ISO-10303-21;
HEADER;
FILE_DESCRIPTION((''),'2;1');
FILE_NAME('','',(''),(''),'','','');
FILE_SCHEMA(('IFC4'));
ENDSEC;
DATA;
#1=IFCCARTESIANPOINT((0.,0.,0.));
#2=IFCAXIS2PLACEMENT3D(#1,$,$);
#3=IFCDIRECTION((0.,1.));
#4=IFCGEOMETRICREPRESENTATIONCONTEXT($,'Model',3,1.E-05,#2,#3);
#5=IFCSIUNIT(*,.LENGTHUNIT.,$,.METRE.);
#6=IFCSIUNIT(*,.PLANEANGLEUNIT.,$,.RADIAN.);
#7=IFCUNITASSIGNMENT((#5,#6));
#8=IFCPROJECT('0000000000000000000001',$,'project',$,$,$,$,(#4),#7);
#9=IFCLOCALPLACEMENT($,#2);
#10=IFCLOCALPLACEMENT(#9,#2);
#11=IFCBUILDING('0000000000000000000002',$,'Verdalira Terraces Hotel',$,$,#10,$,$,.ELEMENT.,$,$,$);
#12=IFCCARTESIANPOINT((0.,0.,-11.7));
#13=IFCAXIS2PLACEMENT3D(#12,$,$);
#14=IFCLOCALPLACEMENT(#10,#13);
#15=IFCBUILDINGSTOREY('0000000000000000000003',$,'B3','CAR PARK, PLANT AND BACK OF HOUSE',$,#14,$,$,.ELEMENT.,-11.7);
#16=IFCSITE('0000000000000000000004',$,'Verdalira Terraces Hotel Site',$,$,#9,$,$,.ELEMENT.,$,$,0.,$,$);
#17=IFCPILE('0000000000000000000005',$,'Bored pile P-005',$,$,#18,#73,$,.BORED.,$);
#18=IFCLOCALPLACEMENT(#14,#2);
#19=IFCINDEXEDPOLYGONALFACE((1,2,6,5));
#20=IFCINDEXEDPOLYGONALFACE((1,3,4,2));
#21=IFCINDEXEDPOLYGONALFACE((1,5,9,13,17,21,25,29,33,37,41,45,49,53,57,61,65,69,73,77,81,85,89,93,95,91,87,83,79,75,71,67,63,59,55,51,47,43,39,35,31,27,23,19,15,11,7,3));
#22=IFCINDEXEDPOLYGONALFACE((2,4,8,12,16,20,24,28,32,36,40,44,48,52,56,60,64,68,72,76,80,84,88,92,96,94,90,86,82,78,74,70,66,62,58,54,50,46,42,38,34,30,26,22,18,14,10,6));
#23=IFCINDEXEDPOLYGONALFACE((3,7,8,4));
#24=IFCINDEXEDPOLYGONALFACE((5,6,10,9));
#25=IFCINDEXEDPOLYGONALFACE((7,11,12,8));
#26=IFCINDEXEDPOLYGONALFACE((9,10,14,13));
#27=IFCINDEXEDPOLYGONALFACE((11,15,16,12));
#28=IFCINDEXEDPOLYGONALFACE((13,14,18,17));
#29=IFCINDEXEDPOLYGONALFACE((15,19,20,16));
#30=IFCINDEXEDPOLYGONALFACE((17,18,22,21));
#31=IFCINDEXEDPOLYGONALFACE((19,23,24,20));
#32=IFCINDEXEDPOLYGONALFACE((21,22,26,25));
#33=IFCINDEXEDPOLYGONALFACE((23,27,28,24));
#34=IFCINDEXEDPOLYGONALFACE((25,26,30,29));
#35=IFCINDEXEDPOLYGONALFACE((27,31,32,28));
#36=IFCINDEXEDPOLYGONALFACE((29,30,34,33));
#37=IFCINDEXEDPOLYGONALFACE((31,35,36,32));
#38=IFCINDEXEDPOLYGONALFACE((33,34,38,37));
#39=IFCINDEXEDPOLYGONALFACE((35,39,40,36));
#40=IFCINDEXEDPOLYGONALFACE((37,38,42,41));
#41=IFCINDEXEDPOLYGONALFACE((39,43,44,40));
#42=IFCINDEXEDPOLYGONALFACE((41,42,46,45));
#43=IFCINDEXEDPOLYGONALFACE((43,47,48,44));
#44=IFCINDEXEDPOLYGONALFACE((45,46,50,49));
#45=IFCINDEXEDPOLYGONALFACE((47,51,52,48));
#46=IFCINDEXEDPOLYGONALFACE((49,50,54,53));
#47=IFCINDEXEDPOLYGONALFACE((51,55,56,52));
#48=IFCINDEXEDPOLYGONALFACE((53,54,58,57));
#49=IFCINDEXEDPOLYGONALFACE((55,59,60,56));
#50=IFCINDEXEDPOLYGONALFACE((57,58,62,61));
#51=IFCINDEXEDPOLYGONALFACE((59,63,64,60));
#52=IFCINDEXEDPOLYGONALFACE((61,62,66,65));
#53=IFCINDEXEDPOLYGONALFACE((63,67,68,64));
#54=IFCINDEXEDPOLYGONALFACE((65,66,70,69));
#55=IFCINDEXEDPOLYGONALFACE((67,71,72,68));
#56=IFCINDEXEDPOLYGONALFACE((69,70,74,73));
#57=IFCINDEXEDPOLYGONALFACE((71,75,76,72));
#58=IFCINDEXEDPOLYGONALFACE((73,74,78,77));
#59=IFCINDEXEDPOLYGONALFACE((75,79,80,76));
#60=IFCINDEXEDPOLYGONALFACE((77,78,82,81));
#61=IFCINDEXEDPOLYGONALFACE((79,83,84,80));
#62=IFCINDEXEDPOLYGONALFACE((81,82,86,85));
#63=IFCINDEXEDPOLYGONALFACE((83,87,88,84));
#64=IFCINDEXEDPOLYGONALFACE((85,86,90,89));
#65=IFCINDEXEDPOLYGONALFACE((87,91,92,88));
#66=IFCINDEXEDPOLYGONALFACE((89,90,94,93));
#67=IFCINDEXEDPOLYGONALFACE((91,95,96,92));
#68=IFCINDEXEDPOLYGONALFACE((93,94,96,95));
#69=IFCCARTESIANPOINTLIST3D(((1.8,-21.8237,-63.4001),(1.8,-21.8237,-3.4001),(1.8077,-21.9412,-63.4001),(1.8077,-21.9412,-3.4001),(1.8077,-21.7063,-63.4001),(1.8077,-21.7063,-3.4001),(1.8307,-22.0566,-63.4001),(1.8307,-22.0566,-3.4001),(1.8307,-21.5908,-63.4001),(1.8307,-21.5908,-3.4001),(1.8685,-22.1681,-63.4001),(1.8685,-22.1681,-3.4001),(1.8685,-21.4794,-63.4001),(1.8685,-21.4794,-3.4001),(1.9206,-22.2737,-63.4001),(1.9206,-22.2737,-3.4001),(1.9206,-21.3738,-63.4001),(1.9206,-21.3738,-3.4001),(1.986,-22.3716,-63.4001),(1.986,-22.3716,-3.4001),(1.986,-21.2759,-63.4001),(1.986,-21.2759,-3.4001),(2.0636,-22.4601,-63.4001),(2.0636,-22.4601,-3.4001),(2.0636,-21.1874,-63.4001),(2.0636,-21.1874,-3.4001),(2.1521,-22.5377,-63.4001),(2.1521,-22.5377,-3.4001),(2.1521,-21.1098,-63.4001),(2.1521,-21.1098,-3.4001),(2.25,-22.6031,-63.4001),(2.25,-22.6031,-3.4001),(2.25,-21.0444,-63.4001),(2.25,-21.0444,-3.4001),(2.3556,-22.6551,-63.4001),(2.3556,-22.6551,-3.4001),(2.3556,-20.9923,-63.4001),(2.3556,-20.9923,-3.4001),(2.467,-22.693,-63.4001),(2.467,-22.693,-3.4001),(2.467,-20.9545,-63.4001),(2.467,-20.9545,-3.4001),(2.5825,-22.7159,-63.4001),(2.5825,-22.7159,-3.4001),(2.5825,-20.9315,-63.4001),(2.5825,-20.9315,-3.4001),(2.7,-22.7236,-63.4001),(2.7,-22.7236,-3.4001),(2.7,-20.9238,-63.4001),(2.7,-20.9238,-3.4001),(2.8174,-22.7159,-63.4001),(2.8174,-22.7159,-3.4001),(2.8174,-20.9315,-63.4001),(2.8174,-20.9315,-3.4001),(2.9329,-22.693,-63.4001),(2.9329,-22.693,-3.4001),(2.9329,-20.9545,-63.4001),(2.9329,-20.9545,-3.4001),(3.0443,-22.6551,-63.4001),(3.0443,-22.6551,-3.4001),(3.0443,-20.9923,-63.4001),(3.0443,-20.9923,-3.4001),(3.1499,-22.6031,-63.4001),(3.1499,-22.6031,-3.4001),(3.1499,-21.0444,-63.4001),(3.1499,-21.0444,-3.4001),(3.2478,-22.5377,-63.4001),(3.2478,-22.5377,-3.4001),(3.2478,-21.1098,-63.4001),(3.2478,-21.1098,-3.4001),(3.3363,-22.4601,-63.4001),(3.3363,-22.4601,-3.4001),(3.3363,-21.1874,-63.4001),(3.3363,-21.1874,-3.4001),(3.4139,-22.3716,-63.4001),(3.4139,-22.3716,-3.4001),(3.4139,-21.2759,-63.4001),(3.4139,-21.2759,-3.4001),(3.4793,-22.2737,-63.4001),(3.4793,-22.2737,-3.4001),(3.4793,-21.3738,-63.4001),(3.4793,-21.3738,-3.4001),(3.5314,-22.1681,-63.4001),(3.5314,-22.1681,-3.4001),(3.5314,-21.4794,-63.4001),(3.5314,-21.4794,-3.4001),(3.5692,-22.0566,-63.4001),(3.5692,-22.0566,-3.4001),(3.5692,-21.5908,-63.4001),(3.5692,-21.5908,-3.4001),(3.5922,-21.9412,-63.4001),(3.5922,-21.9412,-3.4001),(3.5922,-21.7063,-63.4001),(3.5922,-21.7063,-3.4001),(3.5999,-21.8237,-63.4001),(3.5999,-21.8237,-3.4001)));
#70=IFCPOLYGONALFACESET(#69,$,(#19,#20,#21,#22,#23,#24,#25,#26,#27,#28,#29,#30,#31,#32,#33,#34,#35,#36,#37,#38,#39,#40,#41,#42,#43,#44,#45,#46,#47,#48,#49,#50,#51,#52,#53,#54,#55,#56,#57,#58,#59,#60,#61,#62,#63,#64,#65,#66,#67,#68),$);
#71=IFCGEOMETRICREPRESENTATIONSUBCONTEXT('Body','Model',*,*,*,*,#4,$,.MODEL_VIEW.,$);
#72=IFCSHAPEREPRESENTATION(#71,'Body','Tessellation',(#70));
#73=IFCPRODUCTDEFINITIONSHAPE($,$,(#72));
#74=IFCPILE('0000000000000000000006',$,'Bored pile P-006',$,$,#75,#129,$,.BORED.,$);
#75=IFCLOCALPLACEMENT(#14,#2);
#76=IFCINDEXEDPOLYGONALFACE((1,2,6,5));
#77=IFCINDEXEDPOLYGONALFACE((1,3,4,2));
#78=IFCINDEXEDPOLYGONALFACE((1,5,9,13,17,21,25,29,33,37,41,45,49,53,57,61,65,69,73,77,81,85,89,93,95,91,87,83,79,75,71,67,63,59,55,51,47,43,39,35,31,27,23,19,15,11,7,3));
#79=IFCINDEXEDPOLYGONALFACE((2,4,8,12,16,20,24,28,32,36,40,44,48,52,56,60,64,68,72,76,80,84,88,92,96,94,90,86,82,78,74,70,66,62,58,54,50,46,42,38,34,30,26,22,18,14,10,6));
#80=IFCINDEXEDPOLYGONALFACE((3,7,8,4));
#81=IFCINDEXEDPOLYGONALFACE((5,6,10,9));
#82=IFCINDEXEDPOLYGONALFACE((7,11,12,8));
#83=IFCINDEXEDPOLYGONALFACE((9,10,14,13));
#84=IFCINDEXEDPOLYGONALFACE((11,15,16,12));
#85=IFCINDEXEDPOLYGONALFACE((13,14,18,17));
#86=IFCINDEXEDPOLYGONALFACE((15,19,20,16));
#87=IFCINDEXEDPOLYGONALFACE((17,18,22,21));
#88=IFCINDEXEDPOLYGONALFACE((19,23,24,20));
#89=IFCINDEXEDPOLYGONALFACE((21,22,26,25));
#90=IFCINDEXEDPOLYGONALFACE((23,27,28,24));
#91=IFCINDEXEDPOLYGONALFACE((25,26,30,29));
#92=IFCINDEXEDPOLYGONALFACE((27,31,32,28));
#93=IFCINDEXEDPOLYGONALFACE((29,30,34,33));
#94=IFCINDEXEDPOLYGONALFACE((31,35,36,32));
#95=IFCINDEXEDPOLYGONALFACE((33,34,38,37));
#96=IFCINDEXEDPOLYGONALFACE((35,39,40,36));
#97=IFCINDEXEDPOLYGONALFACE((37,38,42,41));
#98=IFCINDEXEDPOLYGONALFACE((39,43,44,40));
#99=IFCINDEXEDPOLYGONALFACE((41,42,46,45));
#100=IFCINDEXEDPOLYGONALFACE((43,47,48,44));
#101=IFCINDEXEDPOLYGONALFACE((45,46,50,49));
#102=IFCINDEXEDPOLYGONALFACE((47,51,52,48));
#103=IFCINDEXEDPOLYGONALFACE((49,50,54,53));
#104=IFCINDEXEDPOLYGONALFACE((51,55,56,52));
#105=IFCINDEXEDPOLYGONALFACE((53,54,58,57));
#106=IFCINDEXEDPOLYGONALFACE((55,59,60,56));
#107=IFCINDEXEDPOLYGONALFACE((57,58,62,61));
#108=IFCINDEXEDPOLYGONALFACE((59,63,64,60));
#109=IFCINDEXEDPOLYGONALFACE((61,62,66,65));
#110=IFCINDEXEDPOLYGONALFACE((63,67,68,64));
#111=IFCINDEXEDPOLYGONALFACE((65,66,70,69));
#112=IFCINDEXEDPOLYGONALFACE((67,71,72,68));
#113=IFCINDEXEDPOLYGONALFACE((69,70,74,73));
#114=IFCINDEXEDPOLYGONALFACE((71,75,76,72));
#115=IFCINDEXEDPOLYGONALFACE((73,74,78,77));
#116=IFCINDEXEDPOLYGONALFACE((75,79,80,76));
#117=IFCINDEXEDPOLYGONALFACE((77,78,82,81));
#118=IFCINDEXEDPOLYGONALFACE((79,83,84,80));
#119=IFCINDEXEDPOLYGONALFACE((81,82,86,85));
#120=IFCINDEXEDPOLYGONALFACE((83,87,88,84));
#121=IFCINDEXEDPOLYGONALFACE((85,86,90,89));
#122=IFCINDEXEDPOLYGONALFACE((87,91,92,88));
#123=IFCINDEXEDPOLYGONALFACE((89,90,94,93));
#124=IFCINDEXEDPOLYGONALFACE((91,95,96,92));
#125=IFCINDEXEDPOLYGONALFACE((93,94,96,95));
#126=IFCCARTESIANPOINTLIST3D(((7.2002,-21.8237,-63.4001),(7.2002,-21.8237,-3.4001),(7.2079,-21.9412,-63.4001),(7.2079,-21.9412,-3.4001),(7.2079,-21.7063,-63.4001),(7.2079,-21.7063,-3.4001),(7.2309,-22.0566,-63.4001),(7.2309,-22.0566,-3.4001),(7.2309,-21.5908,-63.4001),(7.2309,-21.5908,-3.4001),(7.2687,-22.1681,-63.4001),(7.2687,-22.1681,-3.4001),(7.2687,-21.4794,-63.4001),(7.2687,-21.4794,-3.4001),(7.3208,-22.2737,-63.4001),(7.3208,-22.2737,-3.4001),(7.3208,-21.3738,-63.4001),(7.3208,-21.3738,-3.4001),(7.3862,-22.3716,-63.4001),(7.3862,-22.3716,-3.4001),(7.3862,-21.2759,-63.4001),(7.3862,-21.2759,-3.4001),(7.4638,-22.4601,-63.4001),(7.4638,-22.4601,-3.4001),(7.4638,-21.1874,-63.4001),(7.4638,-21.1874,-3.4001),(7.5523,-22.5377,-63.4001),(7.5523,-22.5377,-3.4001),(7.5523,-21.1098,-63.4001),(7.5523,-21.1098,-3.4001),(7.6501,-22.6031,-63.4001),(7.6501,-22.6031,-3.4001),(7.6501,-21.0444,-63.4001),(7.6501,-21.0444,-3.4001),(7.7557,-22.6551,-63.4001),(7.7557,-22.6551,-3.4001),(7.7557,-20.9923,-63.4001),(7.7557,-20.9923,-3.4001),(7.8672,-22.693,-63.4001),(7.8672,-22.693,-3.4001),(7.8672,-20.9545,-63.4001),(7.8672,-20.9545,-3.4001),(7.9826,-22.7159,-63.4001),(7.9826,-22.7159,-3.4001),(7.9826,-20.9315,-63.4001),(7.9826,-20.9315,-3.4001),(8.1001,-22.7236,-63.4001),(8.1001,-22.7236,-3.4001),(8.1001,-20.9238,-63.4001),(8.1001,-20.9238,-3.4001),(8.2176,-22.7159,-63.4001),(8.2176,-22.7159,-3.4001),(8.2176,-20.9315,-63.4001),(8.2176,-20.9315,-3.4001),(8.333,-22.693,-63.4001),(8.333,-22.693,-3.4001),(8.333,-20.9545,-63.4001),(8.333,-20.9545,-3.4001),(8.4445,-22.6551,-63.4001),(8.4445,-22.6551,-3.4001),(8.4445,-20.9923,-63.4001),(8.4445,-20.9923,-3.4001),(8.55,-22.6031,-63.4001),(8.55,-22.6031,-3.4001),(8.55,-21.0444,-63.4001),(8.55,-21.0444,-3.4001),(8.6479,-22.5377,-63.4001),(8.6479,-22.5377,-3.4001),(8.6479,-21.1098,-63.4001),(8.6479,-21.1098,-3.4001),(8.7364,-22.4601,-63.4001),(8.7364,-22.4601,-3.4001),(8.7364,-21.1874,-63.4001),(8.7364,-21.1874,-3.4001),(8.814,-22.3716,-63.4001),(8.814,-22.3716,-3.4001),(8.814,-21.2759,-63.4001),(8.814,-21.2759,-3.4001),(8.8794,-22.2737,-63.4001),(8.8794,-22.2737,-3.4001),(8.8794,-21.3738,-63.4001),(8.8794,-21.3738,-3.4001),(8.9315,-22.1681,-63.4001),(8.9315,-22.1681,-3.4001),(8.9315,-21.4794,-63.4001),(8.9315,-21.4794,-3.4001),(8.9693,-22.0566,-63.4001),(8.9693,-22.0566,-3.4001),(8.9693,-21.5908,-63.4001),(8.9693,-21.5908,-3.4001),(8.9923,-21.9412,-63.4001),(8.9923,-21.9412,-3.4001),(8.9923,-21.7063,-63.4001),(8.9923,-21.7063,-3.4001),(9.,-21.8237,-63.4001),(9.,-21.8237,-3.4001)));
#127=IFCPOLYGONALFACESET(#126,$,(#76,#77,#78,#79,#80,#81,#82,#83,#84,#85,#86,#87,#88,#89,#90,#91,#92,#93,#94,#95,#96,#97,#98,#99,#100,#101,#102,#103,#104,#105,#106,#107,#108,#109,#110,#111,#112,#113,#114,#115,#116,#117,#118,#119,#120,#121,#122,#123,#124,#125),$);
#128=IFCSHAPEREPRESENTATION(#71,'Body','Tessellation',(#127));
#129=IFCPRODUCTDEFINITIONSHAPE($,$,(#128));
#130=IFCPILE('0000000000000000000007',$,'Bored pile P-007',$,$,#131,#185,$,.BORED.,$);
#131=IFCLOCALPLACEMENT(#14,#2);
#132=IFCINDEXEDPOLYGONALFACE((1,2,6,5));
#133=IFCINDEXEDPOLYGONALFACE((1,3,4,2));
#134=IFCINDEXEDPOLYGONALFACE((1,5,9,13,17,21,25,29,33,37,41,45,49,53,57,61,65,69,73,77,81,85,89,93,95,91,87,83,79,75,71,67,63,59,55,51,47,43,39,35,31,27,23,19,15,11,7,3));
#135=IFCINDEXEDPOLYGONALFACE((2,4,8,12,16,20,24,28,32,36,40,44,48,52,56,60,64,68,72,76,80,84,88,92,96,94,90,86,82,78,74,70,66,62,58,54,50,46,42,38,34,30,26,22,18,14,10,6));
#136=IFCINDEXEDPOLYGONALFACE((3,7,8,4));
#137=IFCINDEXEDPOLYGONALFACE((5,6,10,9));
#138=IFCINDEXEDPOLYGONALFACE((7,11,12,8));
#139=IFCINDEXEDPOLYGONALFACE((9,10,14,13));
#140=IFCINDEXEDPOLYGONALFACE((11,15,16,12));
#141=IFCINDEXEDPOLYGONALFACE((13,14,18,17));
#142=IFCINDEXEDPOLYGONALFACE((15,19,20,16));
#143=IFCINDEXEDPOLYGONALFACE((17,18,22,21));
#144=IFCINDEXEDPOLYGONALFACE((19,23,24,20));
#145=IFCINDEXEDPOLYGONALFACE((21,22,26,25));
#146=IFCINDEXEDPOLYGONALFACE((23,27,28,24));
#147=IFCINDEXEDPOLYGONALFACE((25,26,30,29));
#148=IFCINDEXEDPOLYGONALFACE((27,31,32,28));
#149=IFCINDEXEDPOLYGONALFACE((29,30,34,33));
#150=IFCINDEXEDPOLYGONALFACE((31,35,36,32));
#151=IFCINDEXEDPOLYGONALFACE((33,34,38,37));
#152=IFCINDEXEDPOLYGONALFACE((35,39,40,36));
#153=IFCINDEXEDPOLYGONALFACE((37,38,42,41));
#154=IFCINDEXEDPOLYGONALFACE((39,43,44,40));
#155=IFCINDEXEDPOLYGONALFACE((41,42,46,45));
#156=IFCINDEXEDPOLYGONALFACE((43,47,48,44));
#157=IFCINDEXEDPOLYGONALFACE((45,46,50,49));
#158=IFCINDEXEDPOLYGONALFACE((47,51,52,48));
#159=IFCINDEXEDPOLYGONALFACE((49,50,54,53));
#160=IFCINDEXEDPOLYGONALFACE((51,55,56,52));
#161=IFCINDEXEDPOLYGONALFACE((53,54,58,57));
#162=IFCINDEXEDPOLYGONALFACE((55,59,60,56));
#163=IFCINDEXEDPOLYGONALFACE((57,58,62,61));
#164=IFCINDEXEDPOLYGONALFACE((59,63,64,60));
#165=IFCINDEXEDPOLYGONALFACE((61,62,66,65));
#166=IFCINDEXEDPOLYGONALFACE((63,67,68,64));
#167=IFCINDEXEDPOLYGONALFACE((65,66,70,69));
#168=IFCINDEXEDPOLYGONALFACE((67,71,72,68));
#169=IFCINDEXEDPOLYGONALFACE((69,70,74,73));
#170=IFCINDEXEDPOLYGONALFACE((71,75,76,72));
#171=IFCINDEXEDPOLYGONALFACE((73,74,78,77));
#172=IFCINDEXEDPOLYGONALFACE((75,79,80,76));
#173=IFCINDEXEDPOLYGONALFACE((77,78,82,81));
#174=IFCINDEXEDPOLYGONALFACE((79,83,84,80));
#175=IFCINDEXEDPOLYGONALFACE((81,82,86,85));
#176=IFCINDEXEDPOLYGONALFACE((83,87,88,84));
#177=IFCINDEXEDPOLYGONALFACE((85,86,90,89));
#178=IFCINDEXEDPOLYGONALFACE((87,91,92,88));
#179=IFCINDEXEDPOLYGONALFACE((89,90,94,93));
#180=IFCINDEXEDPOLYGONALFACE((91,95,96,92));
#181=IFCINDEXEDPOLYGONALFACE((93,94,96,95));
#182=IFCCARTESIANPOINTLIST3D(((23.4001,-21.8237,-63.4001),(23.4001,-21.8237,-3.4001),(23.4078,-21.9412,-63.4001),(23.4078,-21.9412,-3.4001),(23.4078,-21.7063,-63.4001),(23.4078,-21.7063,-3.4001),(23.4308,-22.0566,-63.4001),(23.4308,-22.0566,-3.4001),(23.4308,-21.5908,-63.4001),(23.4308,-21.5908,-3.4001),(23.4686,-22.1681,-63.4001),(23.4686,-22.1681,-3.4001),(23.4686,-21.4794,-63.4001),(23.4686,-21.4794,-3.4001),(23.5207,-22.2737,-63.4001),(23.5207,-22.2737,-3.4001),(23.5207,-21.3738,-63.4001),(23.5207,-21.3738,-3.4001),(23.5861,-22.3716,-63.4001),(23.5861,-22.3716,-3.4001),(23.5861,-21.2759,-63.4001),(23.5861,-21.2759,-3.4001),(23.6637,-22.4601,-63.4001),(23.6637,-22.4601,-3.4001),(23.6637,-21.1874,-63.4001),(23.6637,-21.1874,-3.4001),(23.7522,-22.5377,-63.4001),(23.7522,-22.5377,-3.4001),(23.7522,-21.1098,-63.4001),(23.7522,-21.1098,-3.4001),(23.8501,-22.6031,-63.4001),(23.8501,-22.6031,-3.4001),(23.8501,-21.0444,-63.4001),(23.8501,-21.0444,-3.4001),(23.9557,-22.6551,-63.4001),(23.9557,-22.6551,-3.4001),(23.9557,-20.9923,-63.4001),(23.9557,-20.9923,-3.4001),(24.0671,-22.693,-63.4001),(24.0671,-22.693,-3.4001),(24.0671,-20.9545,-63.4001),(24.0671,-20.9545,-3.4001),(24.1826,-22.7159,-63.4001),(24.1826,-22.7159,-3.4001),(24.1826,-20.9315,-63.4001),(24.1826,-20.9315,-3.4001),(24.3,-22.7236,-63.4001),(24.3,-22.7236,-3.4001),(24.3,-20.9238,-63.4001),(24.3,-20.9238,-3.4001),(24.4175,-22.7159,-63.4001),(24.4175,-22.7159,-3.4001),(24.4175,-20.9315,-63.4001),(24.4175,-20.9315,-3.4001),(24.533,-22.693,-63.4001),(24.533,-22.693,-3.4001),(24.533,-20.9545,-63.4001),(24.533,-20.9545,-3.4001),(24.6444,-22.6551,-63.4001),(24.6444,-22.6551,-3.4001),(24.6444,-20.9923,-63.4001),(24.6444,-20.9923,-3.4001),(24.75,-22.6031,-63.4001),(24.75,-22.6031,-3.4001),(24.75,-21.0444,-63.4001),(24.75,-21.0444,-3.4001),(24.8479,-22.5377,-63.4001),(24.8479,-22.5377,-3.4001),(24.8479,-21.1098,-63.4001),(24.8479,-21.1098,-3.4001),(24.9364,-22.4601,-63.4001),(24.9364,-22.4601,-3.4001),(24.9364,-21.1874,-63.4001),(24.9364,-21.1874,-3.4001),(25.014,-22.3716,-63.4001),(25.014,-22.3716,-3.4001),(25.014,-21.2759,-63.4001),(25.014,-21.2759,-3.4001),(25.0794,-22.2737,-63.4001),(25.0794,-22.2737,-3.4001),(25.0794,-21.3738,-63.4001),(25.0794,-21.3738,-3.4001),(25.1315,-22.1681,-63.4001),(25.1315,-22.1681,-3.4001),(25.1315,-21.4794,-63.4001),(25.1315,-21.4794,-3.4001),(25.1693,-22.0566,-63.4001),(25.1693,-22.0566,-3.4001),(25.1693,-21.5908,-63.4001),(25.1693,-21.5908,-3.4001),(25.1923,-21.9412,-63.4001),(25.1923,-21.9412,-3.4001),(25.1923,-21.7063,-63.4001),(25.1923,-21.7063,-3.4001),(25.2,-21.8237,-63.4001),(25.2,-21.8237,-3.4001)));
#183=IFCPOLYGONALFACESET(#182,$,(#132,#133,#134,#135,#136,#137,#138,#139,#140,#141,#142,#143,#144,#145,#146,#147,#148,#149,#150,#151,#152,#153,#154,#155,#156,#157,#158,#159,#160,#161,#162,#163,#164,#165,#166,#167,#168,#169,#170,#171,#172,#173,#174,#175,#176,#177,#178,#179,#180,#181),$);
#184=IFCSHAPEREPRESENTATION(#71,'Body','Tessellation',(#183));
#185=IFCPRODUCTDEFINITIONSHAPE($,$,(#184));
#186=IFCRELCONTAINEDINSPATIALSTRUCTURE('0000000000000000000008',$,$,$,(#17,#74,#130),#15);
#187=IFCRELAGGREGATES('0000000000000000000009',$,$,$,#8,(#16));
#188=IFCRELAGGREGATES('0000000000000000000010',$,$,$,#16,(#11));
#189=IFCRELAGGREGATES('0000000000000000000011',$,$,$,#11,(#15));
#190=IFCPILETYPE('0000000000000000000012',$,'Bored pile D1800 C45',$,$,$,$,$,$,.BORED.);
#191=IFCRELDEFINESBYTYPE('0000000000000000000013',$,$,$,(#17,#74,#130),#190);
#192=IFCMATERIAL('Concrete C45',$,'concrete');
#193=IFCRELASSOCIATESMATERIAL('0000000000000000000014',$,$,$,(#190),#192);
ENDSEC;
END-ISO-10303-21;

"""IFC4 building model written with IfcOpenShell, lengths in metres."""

from ifc_helpers import new_model, si_unit, direction, frame, origin, origin_2d, place, context, subcontext, project, spatial, circle, extrude, material, material_profile, profile_set, type_object, element, save


model = new_model("IFC4")

# Units and contexts
model_context = context("Model", 3, precision=1e-05, world=origin(), true_north=direction((0.0, 1.0)))
body_context = subcontext(model_context, "Body", "Model", "MODEL_VIEW")
ifc_project = project(units=[si_unit("LENGTHUNIT", "METRE"), si_unit("PLANEANGLEUNIT", "RADIAN")], contexts=[model_context])

# Site, building, storey
site_placement = place(None, origin())
site = spatial("IfcSite", under=ifc_project, at=site_placement, Name="Verdalira Terraces Hotel Site", CompositionType="ELEMENT", RefElevation=0.0)
building_placement = place(site_placement, origin())
building = spatial("IfcBuilding", under=site, at=building_placement, Name="Verdalira Terraces Hotel", CompositionType="ELEMENT")
storey_placement = place(building_placement, frame((0.0, 0.0, -11.7)))
storey = spatial("IfcBuildingStorey", under=building, at=storey_placement, Name="B3", Description="CAR PARK, PLANT AND BACK OF HOUSE", CompositionType="ELEMENT", Elevation=-11.7)

# Piles
ifc_material_1 = material(Name="Concrete C45", Category="concrete")
ifc_material_profile_1 = material_profile(ifc_material_1, circle(Radius=0.8999, at=origin_2d()), Name="D1800")
ifc_profile_set_1 = profile_set([ifc_material_profile_1], Name="Concrete C45")
pile_type = type_object("IfcPileType", Name="Bored pile D1800 C45", PredefinedType="BORED", material=ifc_profile_set_1)
for number, where, z_axis, x_axis, name in (
    (1, (2.7, -21.8237, -3.4001), (0.0, 0.0, -1.0), (1.0, 0.0, 0.0), "Bored pile P-005"),
    (2, (8.1001, -21.8237, -3.4001), (0.0, 0.0, -1.0), (1.0, 0.0, 0.0), "Bored pile P-006"),
    (3, (24.3, -21.8237, -3.4001), (0.0, 0.0, -1.0), (1.0, 0.0, 0.0), "Bored pile P-007"),
):
    element("IfcPile", number, at=place(storey_placement, frame(where, z_axis=z_axis, x_axis=x_axis)), inside=storey, type_object=pile_type, Name=name, PredefinedType="BORED", context=body_context, shape_type="SweptSolid", body=[
        extrude(circle(Radius=0.8999, at=origin_2d()), origin(), (0.0, 0.0, 1.0), 60.0),
    ])

save(model, "model.ifc")
